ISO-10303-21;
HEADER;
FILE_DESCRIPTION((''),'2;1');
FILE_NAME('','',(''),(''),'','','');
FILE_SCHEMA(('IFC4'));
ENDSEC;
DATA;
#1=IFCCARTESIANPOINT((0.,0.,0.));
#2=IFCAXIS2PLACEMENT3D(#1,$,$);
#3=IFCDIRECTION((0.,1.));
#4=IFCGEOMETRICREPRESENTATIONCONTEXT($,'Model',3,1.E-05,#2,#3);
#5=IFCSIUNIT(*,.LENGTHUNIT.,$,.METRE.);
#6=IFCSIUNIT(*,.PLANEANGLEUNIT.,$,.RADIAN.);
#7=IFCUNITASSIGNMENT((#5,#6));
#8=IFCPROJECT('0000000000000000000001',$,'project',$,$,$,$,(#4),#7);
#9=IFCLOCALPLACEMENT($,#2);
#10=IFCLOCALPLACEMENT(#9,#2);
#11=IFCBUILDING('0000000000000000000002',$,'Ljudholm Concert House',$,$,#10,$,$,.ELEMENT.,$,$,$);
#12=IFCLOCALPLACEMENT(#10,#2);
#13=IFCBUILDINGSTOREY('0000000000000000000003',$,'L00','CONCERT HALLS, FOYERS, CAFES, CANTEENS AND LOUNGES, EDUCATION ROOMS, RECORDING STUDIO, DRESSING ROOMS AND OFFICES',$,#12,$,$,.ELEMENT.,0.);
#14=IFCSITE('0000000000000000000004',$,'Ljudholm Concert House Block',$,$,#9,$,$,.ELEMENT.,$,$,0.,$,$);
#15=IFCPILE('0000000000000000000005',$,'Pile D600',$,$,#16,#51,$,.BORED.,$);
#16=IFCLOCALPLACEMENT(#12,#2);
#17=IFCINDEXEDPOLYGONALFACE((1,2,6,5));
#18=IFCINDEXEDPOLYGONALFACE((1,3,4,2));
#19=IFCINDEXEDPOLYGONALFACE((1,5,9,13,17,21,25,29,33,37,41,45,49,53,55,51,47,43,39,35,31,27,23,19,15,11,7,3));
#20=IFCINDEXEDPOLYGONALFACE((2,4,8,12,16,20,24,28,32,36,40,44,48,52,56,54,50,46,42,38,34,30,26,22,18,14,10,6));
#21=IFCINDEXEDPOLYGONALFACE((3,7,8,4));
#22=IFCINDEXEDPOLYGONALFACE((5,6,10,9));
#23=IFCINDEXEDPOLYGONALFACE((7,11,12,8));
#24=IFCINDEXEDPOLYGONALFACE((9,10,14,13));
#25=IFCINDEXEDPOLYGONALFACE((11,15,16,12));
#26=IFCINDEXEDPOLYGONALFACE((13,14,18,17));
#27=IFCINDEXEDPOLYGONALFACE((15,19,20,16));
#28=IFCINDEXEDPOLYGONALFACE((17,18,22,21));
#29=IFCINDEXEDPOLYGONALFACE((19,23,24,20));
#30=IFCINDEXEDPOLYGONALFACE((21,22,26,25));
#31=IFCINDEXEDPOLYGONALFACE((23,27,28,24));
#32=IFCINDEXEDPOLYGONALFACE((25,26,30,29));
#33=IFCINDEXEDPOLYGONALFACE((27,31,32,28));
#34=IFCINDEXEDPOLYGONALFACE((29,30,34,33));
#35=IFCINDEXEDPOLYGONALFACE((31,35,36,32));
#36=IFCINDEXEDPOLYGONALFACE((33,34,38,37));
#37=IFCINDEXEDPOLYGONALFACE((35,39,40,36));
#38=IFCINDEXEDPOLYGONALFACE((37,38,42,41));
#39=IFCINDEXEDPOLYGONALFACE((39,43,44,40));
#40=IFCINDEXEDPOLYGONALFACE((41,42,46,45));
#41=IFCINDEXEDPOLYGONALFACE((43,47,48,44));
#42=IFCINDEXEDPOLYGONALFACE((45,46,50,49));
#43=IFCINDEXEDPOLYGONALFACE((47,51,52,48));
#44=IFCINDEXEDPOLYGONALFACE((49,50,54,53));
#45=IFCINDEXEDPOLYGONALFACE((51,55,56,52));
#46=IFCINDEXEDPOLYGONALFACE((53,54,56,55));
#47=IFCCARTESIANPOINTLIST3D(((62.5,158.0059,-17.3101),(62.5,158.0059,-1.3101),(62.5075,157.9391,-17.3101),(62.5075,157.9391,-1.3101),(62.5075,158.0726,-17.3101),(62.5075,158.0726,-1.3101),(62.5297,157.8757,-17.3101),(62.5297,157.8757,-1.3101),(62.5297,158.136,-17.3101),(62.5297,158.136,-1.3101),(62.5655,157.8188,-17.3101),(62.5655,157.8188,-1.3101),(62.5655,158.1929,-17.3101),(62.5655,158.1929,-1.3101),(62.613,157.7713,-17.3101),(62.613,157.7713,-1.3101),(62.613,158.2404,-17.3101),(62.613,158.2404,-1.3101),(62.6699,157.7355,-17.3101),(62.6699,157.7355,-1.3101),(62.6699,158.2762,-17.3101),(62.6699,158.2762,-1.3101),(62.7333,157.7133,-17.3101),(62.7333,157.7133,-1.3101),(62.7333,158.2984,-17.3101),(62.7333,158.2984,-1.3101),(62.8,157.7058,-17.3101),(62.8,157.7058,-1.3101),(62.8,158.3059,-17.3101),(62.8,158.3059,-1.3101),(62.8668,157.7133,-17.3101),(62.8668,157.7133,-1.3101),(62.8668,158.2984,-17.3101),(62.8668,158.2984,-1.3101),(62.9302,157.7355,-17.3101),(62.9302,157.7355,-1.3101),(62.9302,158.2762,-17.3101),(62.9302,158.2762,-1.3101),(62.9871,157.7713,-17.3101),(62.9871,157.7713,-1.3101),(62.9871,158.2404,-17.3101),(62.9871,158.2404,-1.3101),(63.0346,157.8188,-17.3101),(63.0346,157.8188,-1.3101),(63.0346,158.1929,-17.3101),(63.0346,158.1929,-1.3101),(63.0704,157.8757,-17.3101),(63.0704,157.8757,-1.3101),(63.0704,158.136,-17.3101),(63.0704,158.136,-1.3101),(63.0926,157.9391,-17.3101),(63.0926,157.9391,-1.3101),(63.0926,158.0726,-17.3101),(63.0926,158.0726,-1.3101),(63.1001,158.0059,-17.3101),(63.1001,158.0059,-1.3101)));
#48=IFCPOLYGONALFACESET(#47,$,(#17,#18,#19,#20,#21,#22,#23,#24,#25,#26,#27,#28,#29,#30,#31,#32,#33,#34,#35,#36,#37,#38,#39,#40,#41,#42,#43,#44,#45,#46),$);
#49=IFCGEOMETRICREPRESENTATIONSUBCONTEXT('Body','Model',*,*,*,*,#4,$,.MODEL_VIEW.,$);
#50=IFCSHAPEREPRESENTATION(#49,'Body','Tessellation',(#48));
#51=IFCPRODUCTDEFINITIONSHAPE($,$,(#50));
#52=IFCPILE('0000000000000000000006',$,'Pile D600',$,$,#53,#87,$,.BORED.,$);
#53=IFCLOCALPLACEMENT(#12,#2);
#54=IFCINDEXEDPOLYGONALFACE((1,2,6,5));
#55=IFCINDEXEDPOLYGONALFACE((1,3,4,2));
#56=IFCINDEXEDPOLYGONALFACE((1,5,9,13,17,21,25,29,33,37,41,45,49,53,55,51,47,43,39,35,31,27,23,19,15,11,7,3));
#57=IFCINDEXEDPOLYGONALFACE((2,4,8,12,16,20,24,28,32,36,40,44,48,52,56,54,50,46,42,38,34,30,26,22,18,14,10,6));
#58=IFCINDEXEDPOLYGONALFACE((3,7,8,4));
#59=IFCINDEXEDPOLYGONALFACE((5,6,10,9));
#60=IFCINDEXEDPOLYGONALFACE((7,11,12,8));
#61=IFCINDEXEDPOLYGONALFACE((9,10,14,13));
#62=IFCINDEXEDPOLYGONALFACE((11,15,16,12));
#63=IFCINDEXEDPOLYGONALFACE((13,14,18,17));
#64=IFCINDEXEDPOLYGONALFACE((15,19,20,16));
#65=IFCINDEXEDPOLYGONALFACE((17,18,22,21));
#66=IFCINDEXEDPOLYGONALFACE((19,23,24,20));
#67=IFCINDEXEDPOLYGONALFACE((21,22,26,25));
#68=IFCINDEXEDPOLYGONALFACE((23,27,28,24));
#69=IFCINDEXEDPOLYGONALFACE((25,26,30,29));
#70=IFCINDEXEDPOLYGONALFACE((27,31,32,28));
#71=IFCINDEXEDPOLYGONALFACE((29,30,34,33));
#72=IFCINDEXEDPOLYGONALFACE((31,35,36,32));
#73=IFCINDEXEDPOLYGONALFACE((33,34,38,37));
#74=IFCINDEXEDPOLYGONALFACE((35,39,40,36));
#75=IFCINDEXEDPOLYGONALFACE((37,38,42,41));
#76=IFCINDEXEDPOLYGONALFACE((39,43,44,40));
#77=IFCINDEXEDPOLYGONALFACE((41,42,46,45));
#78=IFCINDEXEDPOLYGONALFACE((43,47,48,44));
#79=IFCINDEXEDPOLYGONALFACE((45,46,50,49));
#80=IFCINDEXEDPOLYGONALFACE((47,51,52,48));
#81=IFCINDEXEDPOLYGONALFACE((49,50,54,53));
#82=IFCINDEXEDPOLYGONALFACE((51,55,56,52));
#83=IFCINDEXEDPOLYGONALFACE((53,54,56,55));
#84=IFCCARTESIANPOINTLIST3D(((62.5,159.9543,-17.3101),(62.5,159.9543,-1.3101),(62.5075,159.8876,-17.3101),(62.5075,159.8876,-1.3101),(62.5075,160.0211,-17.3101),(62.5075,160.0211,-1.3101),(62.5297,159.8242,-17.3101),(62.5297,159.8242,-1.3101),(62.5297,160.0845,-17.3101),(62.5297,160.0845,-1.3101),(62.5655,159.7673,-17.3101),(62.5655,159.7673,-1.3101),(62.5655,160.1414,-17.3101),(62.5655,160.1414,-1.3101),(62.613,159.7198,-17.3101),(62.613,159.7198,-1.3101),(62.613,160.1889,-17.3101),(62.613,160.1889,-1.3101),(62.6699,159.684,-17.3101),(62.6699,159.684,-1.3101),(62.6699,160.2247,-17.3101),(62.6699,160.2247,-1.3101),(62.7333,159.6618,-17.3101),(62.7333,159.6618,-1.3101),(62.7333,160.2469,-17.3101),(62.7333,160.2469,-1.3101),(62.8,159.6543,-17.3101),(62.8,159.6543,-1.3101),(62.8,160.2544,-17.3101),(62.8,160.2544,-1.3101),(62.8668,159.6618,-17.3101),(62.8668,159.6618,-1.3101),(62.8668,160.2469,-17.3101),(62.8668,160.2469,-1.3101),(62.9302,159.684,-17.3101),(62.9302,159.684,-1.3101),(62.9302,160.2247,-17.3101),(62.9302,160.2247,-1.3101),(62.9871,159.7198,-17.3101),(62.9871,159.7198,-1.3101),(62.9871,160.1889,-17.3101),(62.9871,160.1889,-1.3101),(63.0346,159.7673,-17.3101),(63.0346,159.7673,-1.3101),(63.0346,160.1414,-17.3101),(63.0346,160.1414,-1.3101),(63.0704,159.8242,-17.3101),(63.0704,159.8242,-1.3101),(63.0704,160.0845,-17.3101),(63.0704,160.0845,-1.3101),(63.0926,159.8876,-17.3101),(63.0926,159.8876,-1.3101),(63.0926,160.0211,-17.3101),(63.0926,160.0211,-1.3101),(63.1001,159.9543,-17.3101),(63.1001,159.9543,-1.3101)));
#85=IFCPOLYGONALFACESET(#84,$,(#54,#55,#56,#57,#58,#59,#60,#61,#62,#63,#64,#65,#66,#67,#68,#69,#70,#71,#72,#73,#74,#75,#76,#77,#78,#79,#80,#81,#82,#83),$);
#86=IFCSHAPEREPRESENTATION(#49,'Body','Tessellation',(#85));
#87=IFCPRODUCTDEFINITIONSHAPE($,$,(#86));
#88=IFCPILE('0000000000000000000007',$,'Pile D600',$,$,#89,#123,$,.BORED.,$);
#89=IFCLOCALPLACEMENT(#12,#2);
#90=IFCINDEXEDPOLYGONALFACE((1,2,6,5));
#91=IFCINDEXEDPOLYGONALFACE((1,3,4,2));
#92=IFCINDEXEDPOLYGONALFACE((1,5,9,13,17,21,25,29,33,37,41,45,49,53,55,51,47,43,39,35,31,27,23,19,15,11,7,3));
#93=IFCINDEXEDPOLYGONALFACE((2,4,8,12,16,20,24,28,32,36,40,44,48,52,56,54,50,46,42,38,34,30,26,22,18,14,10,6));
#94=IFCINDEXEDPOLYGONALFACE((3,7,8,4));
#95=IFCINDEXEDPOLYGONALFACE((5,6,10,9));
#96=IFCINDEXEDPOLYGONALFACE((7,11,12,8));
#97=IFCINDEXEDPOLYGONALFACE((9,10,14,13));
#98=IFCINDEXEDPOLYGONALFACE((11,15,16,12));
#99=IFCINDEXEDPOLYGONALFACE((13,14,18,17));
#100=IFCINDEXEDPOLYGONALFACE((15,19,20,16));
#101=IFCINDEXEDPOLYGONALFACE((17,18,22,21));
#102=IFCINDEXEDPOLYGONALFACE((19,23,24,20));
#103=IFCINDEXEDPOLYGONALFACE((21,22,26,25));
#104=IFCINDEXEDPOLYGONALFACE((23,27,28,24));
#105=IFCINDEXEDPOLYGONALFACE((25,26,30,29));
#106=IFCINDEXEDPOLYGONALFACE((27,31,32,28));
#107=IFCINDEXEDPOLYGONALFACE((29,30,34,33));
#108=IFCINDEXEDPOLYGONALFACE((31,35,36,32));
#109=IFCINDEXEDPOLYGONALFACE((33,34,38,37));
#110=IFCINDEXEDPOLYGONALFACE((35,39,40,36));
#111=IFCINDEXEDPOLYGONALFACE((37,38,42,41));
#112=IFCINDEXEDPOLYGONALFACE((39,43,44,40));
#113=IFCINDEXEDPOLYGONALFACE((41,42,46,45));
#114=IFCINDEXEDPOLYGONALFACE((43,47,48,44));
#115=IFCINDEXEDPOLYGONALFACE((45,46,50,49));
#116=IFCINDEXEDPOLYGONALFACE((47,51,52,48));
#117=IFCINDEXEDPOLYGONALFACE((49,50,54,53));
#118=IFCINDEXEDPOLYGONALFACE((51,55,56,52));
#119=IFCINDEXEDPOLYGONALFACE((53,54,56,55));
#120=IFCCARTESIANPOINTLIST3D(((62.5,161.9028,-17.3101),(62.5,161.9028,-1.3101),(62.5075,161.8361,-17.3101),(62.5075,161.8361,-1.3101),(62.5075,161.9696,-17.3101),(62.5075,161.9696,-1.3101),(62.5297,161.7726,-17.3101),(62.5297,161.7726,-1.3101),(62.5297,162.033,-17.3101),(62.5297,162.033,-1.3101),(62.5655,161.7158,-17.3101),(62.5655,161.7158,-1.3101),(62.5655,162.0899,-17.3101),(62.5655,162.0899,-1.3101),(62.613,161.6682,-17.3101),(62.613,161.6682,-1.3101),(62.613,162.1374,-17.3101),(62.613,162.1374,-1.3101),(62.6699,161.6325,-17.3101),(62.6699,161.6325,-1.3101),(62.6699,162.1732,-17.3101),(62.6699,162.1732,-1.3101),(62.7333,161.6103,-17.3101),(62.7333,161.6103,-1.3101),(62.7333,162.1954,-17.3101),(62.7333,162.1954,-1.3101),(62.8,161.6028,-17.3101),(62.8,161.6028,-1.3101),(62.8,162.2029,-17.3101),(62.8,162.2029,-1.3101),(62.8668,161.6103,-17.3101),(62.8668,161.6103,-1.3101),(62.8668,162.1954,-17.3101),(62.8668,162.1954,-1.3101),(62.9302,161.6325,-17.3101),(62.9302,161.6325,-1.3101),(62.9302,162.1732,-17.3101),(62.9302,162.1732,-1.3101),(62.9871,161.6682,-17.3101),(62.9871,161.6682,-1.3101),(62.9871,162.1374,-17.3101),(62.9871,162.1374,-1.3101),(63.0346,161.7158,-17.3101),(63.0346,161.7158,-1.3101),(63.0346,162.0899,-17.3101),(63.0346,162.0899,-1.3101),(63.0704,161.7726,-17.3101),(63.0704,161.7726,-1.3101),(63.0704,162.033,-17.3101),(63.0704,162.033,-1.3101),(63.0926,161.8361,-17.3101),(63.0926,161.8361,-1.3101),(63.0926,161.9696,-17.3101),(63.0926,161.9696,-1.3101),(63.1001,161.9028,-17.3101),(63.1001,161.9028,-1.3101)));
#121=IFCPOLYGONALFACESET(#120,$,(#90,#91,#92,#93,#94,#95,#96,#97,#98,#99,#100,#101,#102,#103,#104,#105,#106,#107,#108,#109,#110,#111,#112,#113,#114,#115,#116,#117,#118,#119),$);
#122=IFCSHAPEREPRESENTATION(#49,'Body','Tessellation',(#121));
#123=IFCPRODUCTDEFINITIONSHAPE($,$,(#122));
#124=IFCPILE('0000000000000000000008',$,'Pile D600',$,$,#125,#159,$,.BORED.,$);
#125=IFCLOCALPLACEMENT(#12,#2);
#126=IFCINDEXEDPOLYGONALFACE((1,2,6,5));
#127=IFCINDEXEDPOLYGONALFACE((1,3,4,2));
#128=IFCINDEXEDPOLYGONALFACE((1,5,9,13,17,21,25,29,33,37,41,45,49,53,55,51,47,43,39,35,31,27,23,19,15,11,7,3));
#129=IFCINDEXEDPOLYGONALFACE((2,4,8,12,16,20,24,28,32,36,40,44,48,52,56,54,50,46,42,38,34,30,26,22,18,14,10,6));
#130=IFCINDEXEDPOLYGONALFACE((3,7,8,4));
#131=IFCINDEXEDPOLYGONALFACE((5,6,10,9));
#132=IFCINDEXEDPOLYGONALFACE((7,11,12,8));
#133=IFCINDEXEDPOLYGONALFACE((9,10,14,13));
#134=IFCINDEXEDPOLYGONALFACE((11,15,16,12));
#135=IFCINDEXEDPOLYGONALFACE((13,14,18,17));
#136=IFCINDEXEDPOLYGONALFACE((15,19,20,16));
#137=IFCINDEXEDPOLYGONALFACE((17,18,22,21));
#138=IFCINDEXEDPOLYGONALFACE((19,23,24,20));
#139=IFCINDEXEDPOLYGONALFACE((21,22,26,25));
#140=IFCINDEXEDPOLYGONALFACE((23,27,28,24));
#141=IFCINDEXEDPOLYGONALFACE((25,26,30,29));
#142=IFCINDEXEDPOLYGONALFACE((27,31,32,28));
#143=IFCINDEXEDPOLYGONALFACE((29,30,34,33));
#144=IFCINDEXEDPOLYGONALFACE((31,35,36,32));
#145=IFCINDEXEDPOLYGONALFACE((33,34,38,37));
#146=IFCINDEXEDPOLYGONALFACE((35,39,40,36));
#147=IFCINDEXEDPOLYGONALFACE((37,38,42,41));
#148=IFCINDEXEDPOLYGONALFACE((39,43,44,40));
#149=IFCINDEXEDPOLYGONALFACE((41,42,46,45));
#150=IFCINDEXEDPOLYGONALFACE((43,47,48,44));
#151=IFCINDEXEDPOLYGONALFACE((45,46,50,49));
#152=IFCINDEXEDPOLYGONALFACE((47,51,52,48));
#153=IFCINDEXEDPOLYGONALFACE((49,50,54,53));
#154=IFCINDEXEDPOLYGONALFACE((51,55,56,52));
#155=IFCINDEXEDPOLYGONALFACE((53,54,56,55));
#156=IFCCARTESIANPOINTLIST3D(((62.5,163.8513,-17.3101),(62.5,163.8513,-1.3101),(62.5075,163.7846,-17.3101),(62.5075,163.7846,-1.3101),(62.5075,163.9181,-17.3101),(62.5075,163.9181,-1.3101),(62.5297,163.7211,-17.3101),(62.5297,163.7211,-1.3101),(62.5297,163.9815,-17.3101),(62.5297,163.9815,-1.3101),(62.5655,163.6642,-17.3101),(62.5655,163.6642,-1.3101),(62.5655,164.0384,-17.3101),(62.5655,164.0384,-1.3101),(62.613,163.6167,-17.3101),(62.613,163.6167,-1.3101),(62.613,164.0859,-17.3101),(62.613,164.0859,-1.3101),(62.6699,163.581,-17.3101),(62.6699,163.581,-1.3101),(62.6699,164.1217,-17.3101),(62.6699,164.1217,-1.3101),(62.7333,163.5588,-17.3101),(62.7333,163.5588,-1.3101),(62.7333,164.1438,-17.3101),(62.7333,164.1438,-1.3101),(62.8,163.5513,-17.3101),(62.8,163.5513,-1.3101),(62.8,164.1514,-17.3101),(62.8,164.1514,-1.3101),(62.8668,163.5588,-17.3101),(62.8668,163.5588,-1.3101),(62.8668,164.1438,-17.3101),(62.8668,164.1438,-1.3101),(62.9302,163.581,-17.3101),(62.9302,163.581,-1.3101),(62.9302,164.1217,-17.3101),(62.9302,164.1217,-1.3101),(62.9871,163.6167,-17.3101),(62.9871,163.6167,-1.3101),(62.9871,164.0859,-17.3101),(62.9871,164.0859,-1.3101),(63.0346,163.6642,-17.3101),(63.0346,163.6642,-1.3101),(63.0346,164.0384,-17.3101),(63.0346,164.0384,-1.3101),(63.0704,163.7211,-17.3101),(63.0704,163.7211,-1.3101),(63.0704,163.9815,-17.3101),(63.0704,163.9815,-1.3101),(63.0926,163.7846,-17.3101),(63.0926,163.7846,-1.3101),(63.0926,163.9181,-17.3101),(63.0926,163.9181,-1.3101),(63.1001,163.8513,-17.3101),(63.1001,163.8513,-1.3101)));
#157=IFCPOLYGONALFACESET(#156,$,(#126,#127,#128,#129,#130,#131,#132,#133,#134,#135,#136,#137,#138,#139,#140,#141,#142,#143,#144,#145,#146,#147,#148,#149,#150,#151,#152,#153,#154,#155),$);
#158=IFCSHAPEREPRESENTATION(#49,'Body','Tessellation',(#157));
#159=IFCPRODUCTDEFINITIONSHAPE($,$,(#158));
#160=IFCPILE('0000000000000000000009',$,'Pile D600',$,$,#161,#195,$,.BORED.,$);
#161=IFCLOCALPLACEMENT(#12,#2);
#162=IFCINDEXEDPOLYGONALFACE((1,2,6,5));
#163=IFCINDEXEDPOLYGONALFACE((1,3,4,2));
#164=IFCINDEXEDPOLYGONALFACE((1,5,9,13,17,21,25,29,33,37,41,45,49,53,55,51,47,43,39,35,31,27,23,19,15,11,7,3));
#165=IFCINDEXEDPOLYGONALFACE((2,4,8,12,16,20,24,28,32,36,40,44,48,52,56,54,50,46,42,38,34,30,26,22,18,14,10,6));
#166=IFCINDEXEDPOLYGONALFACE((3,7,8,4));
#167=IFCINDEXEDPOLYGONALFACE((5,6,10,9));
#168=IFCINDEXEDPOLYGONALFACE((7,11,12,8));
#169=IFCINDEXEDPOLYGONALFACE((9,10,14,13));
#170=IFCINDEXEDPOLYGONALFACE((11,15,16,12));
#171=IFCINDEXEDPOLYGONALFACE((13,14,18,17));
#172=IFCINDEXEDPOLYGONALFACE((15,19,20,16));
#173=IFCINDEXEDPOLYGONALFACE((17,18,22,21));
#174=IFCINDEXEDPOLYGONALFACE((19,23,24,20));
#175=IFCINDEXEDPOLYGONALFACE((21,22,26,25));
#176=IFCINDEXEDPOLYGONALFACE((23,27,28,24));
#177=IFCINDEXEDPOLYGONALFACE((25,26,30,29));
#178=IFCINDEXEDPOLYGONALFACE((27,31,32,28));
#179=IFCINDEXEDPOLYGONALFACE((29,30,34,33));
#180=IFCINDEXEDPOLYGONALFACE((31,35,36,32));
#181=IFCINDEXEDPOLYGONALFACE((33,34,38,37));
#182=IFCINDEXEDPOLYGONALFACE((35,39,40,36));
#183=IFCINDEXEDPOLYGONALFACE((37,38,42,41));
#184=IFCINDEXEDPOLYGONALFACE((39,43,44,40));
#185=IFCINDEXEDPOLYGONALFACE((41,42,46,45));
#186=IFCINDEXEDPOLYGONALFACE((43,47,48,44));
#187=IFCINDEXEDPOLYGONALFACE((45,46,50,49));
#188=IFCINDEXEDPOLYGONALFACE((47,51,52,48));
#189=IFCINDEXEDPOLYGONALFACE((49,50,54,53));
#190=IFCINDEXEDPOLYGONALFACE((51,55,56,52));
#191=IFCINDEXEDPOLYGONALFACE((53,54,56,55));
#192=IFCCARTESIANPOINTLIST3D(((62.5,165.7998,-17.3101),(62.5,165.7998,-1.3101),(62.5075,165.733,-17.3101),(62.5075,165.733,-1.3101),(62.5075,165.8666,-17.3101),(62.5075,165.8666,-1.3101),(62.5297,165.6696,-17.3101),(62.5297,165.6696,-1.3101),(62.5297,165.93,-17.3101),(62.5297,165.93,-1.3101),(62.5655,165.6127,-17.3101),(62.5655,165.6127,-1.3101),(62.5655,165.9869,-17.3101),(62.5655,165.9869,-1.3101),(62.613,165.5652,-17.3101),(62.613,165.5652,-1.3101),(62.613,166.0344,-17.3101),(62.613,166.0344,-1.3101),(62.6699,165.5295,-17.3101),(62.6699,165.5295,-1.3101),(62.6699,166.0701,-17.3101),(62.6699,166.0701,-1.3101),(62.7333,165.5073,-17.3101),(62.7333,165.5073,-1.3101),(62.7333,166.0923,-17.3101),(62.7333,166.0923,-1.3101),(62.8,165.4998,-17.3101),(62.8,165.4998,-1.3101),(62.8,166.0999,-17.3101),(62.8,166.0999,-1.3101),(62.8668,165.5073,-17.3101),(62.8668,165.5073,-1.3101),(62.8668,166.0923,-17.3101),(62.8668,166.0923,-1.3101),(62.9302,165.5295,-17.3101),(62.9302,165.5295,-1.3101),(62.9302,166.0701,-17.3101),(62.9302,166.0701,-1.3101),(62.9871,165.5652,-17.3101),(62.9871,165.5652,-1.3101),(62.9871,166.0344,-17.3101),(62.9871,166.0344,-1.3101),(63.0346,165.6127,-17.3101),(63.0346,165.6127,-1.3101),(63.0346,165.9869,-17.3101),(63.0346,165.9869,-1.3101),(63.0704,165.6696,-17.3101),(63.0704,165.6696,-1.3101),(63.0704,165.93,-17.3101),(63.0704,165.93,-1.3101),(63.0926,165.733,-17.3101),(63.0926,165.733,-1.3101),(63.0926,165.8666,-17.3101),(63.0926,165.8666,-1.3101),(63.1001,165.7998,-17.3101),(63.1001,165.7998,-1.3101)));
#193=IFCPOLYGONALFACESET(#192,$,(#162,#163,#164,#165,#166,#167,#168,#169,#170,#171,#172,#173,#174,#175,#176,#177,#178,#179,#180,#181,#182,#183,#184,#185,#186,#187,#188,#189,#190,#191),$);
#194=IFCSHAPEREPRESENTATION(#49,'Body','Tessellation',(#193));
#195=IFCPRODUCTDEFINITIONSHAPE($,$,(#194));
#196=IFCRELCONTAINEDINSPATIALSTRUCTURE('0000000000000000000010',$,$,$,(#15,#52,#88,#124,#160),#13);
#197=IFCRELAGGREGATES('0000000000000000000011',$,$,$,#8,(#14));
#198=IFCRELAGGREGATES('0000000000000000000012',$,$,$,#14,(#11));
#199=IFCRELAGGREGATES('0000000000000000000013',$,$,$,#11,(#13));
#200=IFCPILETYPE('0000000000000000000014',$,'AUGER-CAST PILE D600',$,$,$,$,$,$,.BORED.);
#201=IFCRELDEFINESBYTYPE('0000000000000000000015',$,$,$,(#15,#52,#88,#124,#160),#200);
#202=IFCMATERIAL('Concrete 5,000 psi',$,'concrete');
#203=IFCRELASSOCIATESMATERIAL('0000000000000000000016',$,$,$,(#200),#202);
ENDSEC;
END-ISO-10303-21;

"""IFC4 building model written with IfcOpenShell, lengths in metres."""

from ifc_helpers import new_model, si_unit, direction, frame, origin, origin_2d, place, context, subcontext, project, spatial, circle, extrude, material, material_profile, profile_set, type_object, element, save


model = new_model("IFC4")

# Units and contexts
model_context = context("Model", 3, precision=1e-05, world=origin(), true_north=direction((0.0, 1.0)))
body_context = subcontext(model_context, "Body", "Model", "MODEL_VIEW")
ifc_project = project(units=[si_unit("LENGTHUNIT", "METRE"), si_unit("PLANEANGLEUNIT", "RADIAN")], contexts=[model_context])

# Site, building, storey
site_placement = place(None, origin())
site = spatial("IfcSite", under=ifc_project, at=site_placement, Name="Ljudholm Concert House Block", CompositionType="ELEMENT", RefElevation=0.0)
building_placement = place(site_placement, origin())
building = spatial("IfcBuilding", under=site, at=building_placement, Name="Ljudholm Concert House", CompositionType="ELEMENT")
storey_placement = place(building_placement, origin())
storey = spatial("IfcBuildingStorey", under=building, at=storey_placement, Name="L00", Description="CONCERT HALLS, FOYERS, CAFES, CANTEENS AND LOUNGES, EDUCATION ROOMS, RECORDING STUDIO, DRESSING ROOMS AND OFFICES", CompositionType="ELEMENT", Elevation=0.0)

# Piles
ifc_material_1 = material(Name="Concrete 5,000 psi", Category="concrete")
ifc_material_profile = material_profile(ifc_material_1, circle(Radius=0.3, at=origin_2d()), Name="AUGER-CAST PILE D600")
ifc_profile_set = profile_set([ifc_material_profile], Name="Concrete 5,000 psi")
pile_type = type_object("IfcPileType", Name="AUGER-CAST PILE D600", PredefinedType="BORED", material=ifc_profile_set)
for number, where, z_axis, x_axis, name in (
    (1, (62.8, 158.0059, -1.3101), (0.0, 0.0, -1.0), (1.0, 0.0, 0.0), "Pile D600"),
    (2, (62.8, 159.9543, -1.3101), (0.0, 0.0, -1.0), (1.0, 0.0, 0.0), "Pile D600"),
    (3, (62.8, 161.9028, -1.3101), (0.0, 0.0, -1.0), (1.0, 0.0, 0.0), "Pile D600"),
    (4, (62.8, 163.8513, -1.3101), (0.0, 0.0, -1.0), (1.0, 0.0, 0.0), "Pile D600"),
    (5, (62.8, 165.7998, -1.3101), (0.0, 0.0, -1.0), (1.0, 0.0, 0.0), "Pile D600"),
):
    element("IfcPile", number, at=place(storey_placement, frame(where, z_axis=z_axis, x_axis=x_axis)), inside=storey, type_object=pile_type, Name=name, PredefinedType="BORED", context=body_context, shape_type="SweptSolid", body=[
        extrude(circle(Radius=0.3, at=origin_2d()), origin(), (0.0, 0.0, 1.0), 16.0),
    ])

save(model, "model.ifc")
